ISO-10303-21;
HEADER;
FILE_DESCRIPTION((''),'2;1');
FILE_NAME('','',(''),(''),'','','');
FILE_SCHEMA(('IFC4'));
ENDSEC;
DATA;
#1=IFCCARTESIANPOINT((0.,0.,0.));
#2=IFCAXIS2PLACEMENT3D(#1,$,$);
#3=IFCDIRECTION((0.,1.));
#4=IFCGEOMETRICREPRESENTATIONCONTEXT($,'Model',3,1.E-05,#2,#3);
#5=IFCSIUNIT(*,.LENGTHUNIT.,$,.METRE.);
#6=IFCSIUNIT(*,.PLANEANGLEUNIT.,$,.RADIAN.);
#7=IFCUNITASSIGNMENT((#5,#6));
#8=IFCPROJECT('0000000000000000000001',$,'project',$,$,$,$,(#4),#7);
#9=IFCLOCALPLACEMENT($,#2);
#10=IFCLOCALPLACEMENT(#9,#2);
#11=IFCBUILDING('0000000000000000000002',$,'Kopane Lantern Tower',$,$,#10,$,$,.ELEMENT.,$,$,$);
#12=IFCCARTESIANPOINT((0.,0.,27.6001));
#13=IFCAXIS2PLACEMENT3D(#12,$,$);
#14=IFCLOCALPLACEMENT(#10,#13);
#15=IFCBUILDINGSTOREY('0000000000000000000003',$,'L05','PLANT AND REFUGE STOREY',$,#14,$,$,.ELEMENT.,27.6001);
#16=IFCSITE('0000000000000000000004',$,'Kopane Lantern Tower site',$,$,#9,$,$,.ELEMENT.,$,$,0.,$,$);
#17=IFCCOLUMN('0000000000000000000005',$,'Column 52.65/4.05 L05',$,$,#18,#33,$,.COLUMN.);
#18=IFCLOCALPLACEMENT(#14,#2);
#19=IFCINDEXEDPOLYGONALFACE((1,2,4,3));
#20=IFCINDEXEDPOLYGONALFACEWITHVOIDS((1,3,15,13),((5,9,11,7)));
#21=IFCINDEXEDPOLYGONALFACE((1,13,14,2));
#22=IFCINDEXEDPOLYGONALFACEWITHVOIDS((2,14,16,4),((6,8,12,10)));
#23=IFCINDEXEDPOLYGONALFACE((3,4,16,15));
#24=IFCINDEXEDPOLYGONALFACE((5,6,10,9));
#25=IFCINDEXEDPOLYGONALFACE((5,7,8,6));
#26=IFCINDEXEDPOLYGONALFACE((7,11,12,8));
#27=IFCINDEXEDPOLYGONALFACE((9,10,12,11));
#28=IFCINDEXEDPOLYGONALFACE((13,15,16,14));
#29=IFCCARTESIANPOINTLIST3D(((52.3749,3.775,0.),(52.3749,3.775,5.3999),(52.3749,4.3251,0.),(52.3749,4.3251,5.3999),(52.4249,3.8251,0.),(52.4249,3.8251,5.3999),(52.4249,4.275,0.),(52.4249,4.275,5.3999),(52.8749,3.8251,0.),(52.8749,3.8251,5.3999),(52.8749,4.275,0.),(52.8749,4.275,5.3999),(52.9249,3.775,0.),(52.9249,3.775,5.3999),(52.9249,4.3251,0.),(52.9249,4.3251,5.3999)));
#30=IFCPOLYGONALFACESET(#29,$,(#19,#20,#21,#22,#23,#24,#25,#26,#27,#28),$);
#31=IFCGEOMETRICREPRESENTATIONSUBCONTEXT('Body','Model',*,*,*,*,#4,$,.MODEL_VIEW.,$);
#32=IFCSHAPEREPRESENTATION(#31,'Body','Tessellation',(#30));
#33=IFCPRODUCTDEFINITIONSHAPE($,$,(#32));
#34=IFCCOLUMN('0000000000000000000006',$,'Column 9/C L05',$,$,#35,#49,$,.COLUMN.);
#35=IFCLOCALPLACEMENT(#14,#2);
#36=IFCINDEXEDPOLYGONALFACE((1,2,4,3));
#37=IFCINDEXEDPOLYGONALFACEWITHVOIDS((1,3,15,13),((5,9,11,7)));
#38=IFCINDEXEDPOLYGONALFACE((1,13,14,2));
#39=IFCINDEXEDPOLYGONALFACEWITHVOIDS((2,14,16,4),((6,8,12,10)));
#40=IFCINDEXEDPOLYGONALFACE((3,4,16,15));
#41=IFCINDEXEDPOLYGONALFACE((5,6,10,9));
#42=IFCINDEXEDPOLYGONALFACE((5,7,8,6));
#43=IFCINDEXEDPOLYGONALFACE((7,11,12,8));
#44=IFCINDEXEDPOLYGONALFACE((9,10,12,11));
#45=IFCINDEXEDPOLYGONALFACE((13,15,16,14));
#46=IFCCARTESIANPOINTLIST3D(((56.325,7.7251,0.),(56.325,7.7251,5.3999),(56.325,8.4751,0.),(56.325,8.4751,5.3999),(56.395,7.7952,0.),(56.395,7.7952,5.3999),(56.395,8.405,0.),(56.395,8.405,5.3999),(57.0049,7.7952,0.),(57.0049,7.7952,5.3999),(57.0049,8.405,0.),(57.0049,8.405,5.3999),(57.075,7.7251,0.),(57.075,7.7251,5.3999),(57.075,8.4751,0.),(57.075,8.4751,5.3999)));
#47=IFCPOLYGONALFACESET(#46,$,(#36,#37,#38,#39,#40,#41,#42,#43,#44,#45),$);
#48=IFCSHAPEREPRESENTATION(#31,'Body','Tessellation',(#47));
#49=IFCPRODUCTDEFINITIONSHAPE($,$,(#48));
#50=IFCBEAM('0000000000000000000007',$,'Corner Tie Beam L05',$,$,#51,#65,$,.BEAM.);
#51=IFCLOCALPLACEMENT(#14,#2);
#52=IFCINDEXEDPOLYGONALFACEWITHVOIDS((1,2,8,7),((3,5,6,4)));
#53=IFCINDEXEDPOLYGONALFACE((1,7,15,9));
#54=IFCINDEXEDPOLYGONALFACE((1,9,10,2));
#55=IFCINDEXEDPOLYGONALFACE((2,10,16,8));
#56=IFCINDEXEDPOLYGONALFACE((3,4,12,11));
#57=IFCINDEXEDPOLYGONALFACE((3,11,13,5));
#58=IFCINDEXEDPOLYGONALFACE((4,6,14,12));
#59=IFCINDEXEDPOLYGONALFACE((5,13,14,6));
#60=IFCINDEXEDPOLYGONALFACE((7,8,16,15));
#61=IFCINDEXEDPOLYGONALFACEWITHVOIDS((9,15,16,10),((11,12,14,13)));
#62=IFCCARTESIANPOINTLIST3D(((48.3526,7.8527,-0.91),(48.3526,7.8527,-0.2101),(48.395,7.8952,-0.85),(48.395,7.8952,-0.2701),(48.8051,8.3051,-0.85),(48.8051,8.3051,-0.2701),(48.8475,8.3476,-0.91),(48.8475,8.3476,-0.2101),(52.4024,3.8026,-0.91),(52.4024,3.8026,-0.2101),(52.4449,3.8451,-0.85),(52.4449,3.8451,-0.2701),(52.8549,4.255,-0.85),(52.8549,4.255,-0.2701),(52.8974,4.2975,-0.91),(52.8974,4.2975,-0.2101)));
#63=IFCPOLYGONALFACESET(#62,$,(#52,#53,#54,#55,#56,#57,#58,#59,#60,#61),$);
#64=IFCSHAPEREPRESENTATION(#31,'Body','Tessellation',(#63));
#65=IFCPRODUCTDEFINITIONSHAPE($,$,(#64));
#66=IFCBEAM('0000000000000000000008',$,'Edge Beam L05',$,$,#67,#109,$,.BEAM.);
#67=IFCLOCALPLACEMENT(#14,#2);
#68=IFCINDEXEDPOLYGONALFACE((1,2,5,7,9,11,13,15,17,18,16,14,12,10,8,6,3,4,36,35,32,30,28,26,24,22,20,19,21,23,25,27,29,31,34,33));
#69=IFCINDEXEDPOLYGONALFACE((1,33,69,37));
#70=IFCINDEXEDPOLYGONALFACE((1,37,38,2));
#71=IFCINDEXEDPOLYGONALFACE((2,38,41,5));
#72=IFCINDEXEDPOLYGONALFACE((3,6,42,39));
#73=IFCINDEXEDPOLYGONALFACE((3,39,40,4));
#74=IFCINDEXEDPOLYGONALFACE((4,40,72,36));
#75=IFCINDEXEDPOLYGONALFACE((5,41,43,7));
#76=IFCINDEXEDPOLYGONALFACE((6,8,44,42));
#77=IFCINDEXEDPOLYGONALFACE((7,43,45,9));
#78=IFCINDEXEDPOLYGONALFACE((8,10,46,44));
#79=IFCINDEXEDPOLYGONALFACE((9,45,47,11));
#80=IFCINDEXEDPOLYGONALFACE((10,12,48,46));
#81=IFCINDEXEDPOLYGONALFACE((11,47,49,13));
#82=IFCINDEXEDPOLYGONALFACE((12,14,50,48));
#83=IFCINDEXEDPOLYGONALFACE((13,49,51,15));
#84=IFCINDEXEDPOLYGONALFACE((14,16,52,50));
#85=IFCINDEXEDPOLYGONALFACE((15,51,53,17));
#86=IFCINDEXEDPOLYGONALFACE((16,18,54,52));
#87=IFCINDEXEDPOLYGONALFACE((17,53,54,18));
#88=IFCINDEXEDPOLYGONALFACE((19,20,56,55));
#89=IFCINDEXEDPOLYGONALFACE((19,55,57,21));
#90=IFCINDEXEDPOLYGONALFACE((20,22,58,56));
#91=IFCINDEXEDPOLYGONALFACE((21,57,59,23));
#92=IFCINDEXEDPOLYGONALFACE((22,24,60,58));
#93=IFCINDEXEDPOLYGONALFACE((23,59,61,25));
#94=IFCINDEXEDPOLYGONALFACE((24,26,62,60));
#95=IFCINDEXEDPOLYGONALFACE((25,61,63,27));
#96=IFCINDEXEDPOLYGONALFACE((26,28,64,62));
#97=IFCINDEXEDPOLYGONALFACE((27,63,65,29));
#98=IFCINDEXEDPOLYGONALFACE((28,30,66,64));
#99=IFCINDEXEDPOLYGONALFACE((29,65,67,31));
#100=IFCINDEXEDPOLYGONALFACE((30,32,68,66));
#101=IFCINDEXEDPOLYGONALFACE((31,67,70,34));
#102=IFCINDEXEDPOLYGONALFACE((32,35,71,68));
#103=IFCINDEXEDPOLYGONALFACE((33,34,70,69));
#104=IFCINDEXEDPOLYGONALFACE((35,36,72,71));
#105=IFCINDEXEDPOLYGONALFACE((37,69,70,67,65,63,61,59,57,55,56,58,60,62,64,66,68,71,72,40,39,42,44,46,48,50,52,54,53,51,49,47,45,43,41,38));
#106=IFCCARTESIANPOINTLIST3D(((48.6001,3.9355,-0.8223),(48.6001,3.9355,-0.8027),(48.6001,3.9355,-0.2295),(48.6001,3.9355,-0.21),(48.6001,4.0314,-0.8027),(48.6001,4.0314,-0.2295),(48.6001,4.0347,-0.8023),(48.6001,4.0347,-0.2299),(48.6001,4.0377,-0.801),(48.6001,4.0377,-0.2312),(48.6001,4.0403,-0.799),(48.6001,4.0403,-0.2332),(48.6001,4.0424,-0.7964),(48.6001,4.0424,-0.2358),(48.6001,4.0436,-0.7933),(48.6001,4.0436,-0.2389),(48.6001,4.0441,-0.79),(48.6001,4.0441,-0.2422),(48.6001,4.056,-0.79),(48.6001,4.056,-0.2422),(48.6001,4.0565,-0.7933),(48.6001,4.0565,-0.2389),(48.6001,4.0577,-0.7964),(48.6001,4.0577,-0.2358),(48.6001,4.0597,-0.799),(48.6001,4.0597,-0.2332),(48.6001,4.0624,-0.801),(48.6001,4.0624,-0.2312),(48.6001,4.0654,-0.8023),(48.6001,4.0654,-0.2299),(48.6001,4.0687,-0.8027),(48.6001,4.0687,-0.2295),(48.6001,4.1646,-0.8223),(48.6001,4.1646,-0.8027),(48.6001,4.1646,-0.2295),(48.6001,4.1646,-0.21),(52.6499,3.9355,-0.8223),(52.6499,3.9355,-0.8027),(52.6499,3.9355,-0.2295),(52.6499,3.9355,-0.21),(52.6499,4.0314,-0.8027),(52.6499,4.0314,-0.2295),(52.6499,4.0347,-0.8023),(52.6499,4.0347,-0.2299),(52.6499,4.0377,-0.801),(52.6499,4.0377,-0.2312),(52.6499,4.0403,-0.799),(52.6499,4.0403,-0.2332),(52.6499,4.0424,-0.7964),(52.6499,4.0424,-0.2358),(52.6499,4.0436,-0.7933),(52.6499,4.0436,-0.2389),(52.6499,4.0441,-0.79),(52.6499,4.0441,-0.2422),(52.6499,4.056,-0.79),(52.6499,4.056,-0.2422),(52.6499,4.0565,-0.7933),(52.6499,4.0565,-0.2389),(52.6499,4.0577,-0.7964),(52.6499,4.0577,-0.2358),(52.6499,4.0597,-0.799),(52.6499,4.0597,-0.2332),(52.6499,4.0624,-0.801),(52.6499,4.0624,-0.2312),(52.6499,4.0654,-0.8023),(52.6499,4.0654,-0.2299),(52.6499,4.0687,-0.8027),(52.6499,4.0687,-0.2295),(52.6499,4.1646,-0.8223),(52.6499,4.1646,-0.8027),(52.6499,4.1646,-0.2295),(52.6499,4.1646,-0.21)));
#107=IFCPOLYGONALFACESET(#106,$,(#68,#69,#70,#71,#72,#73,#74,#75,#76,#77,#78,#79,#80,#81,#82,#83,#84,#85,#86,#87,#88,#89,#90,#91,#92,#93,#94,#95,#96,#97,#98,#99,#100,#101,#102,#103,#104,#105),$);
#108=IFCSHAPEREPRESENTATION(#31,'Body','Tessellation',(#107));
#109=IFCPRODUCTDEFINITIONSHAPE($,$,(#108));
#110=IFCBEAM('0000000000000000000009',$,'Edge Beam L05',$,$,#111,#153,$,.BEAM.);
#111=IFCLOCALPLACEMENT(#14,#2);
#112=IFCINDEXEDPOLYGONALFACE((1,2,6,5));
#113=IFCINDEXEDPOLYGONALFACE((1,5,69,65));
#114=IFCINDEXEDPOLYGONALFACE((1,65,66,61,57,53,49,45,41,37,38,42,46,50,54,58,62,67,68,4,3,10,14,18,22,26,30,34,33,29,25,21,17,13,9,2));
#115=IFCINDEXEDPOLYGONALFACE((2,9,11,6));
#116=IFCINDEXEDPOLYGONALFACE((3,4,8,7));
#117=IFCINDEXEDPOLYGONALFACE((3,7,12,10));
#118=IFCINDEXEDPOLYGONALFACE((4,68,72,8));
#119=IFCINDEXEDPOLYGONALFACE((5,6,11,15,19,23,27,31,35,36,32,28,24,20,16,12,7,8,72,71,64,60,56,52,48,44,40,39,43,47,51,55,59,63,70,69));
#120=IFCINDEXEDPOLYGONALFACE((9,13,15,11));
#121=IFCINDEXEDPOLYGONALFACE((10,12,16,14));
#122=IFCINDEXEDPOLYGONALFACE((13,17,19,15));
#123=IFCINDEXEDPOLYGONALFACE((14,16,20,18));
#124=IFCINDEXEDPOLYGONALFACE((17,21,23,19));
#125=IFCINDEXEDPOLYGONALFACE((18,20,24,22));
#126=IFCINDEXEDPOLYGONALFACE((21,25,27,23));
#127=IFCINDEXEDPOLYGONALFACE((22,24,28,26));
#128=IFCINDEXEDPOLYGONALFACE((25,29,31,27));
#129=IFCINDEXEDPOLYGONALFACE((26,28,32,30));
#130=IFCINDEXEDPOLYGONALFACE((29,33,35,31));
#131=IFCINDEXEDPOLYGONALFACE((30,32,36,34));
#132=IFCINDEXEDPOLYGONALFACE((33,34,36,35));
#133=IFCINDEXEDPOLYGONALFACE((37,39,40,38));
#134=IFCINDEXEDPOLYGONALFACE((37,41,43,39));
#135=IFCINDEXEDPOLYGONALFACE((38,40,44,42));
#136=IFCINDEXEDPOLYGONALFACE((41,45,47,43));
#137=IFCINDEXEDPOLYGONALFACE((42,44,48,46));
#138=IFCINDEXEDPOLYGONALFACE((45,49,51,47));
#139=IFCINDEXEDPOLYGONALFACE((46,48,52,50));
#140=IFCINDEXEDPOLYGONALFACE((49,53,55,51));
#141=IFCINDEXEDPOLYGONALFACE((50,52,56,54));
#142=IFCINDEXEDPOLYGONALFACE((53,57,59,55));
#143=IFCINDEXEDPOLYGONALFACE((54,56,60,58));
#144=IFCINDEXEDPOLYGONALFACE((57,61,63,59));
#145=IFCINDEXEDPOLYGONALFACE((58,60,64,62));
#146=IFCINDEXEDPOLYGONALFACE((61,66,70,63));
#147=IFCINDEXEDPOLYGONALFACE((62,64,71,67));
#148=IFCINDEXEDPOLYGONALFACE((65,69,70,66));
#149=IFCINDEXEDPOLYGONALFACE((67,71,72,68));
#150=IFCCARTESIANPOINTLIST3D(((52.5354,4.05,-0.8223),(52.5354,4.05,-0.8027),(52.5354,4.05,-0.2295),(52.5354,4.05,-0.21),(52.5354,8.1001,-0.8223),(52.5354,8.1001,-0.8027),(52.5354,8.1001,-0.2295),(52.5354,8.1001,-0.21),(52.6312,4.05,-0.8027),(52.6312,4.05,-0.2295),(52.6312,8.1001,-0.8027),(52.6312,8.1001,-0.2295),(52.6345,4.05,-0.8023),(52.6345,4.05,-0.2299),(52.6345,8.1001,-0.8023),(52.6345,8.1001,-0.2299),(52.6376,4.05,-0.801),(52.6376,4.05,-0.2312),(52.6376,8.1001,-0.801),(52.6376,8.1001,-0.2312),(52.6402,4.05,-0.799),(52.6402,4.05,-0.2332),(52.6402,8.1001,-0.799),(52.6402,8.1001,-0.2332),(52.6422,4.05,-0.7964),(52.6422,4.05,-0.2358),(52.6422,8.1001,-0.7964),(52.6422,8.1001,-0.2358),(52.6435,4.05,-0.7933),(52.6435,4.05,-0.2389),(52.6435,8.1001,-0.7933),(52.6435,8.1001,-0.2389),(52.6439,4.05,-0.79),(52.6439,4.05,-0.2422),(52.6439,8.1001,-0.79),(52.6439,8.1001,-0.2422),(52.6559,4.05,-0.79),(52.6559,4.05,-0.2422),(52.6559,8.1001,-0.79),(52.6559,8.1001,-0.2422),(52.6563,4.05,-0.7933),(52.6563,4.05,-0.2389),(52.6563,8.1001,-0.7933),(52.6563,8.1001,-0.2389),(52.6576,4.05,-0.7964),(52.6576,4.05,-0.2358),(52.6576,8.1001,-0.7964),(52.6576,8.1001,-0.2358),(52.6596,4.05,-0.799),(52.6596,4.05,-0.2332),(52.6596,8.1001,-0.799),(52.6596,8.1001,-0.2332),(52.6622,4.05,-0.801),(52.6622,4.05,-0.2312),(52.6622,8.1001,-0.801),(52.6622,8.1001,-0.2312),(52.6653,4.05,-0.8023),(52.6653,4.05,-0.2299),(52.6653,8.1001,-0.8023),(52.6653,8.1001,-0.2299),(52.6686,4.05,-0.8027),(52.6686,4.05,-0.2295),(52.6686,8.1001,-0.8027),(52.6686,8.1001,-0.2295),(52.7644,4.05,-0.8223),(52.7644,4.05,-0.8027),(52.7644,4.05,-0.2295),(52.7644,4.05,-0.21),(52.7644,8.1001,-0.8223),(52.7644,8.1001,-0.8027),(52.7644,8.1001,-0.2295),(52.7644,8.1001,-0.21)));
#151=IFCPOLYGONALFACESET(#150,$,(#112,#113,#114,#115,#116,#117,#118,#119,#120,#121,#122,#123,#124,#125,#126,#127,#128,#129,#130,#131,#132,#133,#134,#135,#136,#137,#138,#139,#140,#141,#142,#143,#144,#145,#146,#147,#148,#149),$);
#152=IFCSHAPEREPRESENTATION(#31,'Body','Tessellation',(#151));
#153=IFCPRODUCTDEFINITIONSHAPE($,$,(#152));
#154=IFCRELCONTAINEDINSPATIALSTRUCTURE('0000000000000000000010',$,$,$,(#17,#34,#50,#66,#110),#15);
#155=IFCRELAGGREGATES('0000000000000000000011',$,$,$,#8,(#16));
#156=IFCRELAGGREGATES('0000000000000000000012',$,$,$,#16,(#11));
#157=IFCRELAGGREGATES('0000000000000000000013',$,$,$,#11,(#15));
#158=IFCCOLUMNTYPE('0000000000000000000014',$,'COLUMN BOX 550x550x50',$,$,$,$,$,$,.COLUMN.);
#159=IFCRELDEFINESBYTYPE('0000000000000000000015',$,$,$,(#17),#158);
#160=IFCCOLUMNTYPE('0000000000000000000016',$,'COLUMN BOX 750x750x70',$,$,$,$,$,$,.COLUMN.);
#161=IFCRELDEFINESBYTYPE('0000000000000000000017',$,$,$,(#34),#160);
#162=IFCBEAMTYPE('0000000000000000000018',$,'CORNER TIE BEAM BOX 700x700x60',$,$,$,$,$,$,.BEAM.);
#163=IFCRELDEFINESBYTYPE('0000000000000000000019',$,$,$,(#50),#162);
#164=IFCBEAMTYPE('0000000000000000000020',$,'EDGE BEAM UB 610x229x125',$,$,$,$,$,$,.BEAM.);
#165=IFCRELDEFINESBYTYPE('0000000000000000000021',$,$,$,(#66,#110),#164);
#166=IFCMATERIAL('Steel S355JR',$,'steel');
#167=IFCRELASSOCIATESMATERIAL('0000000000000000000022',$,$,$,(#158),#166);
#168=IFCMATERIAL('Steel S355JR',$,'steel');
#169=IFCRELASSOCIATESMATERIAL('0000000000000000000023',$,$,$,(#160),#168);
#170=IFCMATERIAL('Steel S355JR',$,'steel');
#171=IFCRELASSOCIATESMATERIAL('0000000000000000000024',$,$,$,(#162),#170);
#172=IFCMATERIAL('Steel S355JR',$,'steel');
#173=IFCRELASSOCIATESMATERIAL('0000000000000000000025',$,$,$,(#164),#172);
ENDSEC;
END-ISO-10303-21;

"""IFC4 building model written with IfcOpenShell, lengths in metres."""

from ifc_helpers import new_model, si_unit, direction, frame, origin, origin_2d, place, context, subcontext, project, spatial, hollow_rectangle, i_section, extrude, material, material_profile, profile_set, type_object, element, save


model = new_model("IFC4")

# Units and contexts
model_context = context("Model", 3, precision=1e-05, world=origin(), true_north=direction((0.0, 1.0)))
body_context = subcontext(model_context, "Body", "Model", "MODEL_VIEW")
ifc_project = project(units=[si_unit("LENGTHUNIT", "METRE"), si_unit("PLANEANGLEUNIT", "RADIAN")], contexts=[model_context])

# Site, building, storey
site_placement = place(None, origin())
site = spatial("IfcSite", under=ifc_project, at=site_placement, Name="Kopane Lantern Tower site", CompositionType="ELEMENT", RefElevation=0.0)
building_placement = place(site_placement, origin())
building = spatial("IfcBuilding", under=site, at=building_placement, Name="Kopane Lantern Tower", CompositionType="ELEMENT")
storey_placement = place(building_placement, frame((0.0, 0.0, 27.6001)))
storey = spatial("IfcBuildingStorey", under=building, at=storey_placement, Name="L05", Description="PLANT AND REFUGE STOREY", CompositionType="ELEMENT", Elevation=27.6001)

# Columns
ifc_material_1 = material(Name="Steel S355JR", Category="steel")
ifc_material_profile_1 = material_profile(ifc_material_1, hollow_rectangle(XDim=0.55, YDim=0.55, WallThickness=0.05, at=origin_2d()), Name="BOX 550x550x50")
ifc_profile_set_1 = profile_set([ifc_material_profile_1], Name="Steel S355JR")
column_type_1 = type_object("IfcColumnType", Name="COLUMN BOX 550x550x50", PredefinedType="COLUMN", material=ifc_profile_set_1)
column_1_placement = place(storey_placement, frame((52.6499, 4.05, 0.0), z_axis=(0.0, 0.0, 1.0), x_axis=(1.0, 0.0, 0.0)))
element("IfcColumn", 1, at=column_1_placement, inside=storey, type_object=column_type_1, Name="Column 52.65/4.05 L05", PredefinedType="COLUMN", context=body_context, shape_type="SweptSolid", body=[
    extrude(hollow_rectangle(XDim=0.55, YDim=0.55, WallThickness=0.05, at=origin_2d()), origin(), (0.0, 0.0, 1.0), 5.3999),
])
ifc_material_2 = material(Name="Steel S355JR", Category="steel")
ifc_material_profile_2 = material_profile(ifc_material_2, hollow_rectangle(XDim=0.75, YDim=0.75, WallThickness=0.0701, at=origin_2d()), Name="BOX 750x750x70")
ifc_profile_set_2 = profile_set([ifc_material_profile_2], Name="Steel S355JR")
column_type_2 = type_object("IfcColumnType", Name="COLUMN BOX 750x750x70", PredefinedType="COLUMN", material=ifc_profile_set_2)
column_2_placement = place(storey_placement, frame((56.7, 8.1001, 0.0), z_axis=(0.0, 0.0, 1.0), x_axis=(1.0, 0.0, 0.0)))
element("IfcColumn", 2, at=column_2_placement, inside=storey, type_object=column_type_2, Name="Column 9/C L05", PredefinedType="COLUMN", context=body_context, shape_type="SweptSolid", body=[
    extrude(hollow_rectangle(XDim=0.75, YDim=0.75, WallThickness=0.0701, at=origin_2d()), origin(), (0.0, 0.0, 1.0), 5.3999),
])

# Beams
ifc_material_3 = material(Name="Steel S355JR", Category="steel")
ifc_material_profile_3 = material_profile(ifc_material_3, hollow_rectangle(XDim=0.7, YDim=0.7, WallThickness=0.0601, at=origin_2d()), Name="BOX 700x700x60")
ifc_profile_set_3 = profile_set([ifc_material_profile_3], Name="Steel S355JR")
beam_type_1 = type_object("IfcBeamType", Name="CORNER TIE BEAM BOX 700x700x60", PredefinedType="BEAM", material=ifc_profile_set_3)
beam_1_placement = place(storey_placement, frame((52.6499, 4.05, -0.5601), z_axis=(-0.707085, 0.707128, 0.0), x_axis=(-0.707128, -0.707085, 0.0)))
element("IfcBeam", 3, at=beam_1_placement, inside=storey, type_object=beam_type_1, Name="Corner Tie Beam L05", PredefinedType="BEAM", context=body_context, shape_type="SweptSolid", body=[
    extrude(hollow_rectangle(XDim=0.7, YDim=0.7, WallThickness=0.0601, at=origin_2d()), origin(), (0.0, 0.0, 1.0), 5.7275),
])
ifc_material_4 = material(Name="Steel S355JR", Category="steel")
ifc_material_profile_4 = material_profile(ifc_material_4, i_section(OverallWidth=0.229, OverallDepth=0.6123, WebThickness=0.012, FlangeThickness=0.0195, FilletRadius=0.0127, at=origin_2d()), Name="UB 610x229x125")
ifc_profile_set_4 = profile_set([ifc_material_profile_4], Name="Steel S355JR")
beam_type_2 = type_object("IfcBeamType", Name="EDGE BEAM UB 610x229x125", PredefinedType="BEAM", material=ifc_profile_set_4)
beam_2_placement = place(storey_placement, frame((52.6499, 4.05, -0.5161), z_axis=(-1.0, 0.0, 0.0), x_axis=(0.0, -1.0, 0.0)))
element("IfcBeam", 4, at=beam_2_placement, inside=storey, type_object=beam_type_2, Name="Edge Beam L05", PredefinedType="BEAM", context=body_context, shape_type="SweptSolid", body=[
    extrude(i_section(OverallWidth=0.229, OverallDepth=0.6123, WebThickness=0.012, FlangeThickness=0.0195, FilletRadius=0.0127, at=origin_2d()), origin(), (0.0, 0.0, 1.0), 4.0498),
])
beam_3_placement = place(storey_placement, frame((52.6499, 4.05, -0.5161), z_axis=(0.0, 1.0, 0.0), x_axis=(-1.0, 0.0, 0.0)))
element("IfcBeam", 5, at=beam_3_placement, inside=storey, type_object=beam_type_2, Name="Edge Beam L05", PredefinedType="BEAM", context=body_context, shape_type="SweptSolid", body=[
    extrude(i_section(OverallWidth=0.229, OverallDepth=0.6123, WebThickness=0.012, FlangeThickness=0.0195, FilletRadius=0.0127, at=origin_2d()), origin(), (0.0, 0.0, 1.0), 4.05),
])

save(model, "model.ifc")
